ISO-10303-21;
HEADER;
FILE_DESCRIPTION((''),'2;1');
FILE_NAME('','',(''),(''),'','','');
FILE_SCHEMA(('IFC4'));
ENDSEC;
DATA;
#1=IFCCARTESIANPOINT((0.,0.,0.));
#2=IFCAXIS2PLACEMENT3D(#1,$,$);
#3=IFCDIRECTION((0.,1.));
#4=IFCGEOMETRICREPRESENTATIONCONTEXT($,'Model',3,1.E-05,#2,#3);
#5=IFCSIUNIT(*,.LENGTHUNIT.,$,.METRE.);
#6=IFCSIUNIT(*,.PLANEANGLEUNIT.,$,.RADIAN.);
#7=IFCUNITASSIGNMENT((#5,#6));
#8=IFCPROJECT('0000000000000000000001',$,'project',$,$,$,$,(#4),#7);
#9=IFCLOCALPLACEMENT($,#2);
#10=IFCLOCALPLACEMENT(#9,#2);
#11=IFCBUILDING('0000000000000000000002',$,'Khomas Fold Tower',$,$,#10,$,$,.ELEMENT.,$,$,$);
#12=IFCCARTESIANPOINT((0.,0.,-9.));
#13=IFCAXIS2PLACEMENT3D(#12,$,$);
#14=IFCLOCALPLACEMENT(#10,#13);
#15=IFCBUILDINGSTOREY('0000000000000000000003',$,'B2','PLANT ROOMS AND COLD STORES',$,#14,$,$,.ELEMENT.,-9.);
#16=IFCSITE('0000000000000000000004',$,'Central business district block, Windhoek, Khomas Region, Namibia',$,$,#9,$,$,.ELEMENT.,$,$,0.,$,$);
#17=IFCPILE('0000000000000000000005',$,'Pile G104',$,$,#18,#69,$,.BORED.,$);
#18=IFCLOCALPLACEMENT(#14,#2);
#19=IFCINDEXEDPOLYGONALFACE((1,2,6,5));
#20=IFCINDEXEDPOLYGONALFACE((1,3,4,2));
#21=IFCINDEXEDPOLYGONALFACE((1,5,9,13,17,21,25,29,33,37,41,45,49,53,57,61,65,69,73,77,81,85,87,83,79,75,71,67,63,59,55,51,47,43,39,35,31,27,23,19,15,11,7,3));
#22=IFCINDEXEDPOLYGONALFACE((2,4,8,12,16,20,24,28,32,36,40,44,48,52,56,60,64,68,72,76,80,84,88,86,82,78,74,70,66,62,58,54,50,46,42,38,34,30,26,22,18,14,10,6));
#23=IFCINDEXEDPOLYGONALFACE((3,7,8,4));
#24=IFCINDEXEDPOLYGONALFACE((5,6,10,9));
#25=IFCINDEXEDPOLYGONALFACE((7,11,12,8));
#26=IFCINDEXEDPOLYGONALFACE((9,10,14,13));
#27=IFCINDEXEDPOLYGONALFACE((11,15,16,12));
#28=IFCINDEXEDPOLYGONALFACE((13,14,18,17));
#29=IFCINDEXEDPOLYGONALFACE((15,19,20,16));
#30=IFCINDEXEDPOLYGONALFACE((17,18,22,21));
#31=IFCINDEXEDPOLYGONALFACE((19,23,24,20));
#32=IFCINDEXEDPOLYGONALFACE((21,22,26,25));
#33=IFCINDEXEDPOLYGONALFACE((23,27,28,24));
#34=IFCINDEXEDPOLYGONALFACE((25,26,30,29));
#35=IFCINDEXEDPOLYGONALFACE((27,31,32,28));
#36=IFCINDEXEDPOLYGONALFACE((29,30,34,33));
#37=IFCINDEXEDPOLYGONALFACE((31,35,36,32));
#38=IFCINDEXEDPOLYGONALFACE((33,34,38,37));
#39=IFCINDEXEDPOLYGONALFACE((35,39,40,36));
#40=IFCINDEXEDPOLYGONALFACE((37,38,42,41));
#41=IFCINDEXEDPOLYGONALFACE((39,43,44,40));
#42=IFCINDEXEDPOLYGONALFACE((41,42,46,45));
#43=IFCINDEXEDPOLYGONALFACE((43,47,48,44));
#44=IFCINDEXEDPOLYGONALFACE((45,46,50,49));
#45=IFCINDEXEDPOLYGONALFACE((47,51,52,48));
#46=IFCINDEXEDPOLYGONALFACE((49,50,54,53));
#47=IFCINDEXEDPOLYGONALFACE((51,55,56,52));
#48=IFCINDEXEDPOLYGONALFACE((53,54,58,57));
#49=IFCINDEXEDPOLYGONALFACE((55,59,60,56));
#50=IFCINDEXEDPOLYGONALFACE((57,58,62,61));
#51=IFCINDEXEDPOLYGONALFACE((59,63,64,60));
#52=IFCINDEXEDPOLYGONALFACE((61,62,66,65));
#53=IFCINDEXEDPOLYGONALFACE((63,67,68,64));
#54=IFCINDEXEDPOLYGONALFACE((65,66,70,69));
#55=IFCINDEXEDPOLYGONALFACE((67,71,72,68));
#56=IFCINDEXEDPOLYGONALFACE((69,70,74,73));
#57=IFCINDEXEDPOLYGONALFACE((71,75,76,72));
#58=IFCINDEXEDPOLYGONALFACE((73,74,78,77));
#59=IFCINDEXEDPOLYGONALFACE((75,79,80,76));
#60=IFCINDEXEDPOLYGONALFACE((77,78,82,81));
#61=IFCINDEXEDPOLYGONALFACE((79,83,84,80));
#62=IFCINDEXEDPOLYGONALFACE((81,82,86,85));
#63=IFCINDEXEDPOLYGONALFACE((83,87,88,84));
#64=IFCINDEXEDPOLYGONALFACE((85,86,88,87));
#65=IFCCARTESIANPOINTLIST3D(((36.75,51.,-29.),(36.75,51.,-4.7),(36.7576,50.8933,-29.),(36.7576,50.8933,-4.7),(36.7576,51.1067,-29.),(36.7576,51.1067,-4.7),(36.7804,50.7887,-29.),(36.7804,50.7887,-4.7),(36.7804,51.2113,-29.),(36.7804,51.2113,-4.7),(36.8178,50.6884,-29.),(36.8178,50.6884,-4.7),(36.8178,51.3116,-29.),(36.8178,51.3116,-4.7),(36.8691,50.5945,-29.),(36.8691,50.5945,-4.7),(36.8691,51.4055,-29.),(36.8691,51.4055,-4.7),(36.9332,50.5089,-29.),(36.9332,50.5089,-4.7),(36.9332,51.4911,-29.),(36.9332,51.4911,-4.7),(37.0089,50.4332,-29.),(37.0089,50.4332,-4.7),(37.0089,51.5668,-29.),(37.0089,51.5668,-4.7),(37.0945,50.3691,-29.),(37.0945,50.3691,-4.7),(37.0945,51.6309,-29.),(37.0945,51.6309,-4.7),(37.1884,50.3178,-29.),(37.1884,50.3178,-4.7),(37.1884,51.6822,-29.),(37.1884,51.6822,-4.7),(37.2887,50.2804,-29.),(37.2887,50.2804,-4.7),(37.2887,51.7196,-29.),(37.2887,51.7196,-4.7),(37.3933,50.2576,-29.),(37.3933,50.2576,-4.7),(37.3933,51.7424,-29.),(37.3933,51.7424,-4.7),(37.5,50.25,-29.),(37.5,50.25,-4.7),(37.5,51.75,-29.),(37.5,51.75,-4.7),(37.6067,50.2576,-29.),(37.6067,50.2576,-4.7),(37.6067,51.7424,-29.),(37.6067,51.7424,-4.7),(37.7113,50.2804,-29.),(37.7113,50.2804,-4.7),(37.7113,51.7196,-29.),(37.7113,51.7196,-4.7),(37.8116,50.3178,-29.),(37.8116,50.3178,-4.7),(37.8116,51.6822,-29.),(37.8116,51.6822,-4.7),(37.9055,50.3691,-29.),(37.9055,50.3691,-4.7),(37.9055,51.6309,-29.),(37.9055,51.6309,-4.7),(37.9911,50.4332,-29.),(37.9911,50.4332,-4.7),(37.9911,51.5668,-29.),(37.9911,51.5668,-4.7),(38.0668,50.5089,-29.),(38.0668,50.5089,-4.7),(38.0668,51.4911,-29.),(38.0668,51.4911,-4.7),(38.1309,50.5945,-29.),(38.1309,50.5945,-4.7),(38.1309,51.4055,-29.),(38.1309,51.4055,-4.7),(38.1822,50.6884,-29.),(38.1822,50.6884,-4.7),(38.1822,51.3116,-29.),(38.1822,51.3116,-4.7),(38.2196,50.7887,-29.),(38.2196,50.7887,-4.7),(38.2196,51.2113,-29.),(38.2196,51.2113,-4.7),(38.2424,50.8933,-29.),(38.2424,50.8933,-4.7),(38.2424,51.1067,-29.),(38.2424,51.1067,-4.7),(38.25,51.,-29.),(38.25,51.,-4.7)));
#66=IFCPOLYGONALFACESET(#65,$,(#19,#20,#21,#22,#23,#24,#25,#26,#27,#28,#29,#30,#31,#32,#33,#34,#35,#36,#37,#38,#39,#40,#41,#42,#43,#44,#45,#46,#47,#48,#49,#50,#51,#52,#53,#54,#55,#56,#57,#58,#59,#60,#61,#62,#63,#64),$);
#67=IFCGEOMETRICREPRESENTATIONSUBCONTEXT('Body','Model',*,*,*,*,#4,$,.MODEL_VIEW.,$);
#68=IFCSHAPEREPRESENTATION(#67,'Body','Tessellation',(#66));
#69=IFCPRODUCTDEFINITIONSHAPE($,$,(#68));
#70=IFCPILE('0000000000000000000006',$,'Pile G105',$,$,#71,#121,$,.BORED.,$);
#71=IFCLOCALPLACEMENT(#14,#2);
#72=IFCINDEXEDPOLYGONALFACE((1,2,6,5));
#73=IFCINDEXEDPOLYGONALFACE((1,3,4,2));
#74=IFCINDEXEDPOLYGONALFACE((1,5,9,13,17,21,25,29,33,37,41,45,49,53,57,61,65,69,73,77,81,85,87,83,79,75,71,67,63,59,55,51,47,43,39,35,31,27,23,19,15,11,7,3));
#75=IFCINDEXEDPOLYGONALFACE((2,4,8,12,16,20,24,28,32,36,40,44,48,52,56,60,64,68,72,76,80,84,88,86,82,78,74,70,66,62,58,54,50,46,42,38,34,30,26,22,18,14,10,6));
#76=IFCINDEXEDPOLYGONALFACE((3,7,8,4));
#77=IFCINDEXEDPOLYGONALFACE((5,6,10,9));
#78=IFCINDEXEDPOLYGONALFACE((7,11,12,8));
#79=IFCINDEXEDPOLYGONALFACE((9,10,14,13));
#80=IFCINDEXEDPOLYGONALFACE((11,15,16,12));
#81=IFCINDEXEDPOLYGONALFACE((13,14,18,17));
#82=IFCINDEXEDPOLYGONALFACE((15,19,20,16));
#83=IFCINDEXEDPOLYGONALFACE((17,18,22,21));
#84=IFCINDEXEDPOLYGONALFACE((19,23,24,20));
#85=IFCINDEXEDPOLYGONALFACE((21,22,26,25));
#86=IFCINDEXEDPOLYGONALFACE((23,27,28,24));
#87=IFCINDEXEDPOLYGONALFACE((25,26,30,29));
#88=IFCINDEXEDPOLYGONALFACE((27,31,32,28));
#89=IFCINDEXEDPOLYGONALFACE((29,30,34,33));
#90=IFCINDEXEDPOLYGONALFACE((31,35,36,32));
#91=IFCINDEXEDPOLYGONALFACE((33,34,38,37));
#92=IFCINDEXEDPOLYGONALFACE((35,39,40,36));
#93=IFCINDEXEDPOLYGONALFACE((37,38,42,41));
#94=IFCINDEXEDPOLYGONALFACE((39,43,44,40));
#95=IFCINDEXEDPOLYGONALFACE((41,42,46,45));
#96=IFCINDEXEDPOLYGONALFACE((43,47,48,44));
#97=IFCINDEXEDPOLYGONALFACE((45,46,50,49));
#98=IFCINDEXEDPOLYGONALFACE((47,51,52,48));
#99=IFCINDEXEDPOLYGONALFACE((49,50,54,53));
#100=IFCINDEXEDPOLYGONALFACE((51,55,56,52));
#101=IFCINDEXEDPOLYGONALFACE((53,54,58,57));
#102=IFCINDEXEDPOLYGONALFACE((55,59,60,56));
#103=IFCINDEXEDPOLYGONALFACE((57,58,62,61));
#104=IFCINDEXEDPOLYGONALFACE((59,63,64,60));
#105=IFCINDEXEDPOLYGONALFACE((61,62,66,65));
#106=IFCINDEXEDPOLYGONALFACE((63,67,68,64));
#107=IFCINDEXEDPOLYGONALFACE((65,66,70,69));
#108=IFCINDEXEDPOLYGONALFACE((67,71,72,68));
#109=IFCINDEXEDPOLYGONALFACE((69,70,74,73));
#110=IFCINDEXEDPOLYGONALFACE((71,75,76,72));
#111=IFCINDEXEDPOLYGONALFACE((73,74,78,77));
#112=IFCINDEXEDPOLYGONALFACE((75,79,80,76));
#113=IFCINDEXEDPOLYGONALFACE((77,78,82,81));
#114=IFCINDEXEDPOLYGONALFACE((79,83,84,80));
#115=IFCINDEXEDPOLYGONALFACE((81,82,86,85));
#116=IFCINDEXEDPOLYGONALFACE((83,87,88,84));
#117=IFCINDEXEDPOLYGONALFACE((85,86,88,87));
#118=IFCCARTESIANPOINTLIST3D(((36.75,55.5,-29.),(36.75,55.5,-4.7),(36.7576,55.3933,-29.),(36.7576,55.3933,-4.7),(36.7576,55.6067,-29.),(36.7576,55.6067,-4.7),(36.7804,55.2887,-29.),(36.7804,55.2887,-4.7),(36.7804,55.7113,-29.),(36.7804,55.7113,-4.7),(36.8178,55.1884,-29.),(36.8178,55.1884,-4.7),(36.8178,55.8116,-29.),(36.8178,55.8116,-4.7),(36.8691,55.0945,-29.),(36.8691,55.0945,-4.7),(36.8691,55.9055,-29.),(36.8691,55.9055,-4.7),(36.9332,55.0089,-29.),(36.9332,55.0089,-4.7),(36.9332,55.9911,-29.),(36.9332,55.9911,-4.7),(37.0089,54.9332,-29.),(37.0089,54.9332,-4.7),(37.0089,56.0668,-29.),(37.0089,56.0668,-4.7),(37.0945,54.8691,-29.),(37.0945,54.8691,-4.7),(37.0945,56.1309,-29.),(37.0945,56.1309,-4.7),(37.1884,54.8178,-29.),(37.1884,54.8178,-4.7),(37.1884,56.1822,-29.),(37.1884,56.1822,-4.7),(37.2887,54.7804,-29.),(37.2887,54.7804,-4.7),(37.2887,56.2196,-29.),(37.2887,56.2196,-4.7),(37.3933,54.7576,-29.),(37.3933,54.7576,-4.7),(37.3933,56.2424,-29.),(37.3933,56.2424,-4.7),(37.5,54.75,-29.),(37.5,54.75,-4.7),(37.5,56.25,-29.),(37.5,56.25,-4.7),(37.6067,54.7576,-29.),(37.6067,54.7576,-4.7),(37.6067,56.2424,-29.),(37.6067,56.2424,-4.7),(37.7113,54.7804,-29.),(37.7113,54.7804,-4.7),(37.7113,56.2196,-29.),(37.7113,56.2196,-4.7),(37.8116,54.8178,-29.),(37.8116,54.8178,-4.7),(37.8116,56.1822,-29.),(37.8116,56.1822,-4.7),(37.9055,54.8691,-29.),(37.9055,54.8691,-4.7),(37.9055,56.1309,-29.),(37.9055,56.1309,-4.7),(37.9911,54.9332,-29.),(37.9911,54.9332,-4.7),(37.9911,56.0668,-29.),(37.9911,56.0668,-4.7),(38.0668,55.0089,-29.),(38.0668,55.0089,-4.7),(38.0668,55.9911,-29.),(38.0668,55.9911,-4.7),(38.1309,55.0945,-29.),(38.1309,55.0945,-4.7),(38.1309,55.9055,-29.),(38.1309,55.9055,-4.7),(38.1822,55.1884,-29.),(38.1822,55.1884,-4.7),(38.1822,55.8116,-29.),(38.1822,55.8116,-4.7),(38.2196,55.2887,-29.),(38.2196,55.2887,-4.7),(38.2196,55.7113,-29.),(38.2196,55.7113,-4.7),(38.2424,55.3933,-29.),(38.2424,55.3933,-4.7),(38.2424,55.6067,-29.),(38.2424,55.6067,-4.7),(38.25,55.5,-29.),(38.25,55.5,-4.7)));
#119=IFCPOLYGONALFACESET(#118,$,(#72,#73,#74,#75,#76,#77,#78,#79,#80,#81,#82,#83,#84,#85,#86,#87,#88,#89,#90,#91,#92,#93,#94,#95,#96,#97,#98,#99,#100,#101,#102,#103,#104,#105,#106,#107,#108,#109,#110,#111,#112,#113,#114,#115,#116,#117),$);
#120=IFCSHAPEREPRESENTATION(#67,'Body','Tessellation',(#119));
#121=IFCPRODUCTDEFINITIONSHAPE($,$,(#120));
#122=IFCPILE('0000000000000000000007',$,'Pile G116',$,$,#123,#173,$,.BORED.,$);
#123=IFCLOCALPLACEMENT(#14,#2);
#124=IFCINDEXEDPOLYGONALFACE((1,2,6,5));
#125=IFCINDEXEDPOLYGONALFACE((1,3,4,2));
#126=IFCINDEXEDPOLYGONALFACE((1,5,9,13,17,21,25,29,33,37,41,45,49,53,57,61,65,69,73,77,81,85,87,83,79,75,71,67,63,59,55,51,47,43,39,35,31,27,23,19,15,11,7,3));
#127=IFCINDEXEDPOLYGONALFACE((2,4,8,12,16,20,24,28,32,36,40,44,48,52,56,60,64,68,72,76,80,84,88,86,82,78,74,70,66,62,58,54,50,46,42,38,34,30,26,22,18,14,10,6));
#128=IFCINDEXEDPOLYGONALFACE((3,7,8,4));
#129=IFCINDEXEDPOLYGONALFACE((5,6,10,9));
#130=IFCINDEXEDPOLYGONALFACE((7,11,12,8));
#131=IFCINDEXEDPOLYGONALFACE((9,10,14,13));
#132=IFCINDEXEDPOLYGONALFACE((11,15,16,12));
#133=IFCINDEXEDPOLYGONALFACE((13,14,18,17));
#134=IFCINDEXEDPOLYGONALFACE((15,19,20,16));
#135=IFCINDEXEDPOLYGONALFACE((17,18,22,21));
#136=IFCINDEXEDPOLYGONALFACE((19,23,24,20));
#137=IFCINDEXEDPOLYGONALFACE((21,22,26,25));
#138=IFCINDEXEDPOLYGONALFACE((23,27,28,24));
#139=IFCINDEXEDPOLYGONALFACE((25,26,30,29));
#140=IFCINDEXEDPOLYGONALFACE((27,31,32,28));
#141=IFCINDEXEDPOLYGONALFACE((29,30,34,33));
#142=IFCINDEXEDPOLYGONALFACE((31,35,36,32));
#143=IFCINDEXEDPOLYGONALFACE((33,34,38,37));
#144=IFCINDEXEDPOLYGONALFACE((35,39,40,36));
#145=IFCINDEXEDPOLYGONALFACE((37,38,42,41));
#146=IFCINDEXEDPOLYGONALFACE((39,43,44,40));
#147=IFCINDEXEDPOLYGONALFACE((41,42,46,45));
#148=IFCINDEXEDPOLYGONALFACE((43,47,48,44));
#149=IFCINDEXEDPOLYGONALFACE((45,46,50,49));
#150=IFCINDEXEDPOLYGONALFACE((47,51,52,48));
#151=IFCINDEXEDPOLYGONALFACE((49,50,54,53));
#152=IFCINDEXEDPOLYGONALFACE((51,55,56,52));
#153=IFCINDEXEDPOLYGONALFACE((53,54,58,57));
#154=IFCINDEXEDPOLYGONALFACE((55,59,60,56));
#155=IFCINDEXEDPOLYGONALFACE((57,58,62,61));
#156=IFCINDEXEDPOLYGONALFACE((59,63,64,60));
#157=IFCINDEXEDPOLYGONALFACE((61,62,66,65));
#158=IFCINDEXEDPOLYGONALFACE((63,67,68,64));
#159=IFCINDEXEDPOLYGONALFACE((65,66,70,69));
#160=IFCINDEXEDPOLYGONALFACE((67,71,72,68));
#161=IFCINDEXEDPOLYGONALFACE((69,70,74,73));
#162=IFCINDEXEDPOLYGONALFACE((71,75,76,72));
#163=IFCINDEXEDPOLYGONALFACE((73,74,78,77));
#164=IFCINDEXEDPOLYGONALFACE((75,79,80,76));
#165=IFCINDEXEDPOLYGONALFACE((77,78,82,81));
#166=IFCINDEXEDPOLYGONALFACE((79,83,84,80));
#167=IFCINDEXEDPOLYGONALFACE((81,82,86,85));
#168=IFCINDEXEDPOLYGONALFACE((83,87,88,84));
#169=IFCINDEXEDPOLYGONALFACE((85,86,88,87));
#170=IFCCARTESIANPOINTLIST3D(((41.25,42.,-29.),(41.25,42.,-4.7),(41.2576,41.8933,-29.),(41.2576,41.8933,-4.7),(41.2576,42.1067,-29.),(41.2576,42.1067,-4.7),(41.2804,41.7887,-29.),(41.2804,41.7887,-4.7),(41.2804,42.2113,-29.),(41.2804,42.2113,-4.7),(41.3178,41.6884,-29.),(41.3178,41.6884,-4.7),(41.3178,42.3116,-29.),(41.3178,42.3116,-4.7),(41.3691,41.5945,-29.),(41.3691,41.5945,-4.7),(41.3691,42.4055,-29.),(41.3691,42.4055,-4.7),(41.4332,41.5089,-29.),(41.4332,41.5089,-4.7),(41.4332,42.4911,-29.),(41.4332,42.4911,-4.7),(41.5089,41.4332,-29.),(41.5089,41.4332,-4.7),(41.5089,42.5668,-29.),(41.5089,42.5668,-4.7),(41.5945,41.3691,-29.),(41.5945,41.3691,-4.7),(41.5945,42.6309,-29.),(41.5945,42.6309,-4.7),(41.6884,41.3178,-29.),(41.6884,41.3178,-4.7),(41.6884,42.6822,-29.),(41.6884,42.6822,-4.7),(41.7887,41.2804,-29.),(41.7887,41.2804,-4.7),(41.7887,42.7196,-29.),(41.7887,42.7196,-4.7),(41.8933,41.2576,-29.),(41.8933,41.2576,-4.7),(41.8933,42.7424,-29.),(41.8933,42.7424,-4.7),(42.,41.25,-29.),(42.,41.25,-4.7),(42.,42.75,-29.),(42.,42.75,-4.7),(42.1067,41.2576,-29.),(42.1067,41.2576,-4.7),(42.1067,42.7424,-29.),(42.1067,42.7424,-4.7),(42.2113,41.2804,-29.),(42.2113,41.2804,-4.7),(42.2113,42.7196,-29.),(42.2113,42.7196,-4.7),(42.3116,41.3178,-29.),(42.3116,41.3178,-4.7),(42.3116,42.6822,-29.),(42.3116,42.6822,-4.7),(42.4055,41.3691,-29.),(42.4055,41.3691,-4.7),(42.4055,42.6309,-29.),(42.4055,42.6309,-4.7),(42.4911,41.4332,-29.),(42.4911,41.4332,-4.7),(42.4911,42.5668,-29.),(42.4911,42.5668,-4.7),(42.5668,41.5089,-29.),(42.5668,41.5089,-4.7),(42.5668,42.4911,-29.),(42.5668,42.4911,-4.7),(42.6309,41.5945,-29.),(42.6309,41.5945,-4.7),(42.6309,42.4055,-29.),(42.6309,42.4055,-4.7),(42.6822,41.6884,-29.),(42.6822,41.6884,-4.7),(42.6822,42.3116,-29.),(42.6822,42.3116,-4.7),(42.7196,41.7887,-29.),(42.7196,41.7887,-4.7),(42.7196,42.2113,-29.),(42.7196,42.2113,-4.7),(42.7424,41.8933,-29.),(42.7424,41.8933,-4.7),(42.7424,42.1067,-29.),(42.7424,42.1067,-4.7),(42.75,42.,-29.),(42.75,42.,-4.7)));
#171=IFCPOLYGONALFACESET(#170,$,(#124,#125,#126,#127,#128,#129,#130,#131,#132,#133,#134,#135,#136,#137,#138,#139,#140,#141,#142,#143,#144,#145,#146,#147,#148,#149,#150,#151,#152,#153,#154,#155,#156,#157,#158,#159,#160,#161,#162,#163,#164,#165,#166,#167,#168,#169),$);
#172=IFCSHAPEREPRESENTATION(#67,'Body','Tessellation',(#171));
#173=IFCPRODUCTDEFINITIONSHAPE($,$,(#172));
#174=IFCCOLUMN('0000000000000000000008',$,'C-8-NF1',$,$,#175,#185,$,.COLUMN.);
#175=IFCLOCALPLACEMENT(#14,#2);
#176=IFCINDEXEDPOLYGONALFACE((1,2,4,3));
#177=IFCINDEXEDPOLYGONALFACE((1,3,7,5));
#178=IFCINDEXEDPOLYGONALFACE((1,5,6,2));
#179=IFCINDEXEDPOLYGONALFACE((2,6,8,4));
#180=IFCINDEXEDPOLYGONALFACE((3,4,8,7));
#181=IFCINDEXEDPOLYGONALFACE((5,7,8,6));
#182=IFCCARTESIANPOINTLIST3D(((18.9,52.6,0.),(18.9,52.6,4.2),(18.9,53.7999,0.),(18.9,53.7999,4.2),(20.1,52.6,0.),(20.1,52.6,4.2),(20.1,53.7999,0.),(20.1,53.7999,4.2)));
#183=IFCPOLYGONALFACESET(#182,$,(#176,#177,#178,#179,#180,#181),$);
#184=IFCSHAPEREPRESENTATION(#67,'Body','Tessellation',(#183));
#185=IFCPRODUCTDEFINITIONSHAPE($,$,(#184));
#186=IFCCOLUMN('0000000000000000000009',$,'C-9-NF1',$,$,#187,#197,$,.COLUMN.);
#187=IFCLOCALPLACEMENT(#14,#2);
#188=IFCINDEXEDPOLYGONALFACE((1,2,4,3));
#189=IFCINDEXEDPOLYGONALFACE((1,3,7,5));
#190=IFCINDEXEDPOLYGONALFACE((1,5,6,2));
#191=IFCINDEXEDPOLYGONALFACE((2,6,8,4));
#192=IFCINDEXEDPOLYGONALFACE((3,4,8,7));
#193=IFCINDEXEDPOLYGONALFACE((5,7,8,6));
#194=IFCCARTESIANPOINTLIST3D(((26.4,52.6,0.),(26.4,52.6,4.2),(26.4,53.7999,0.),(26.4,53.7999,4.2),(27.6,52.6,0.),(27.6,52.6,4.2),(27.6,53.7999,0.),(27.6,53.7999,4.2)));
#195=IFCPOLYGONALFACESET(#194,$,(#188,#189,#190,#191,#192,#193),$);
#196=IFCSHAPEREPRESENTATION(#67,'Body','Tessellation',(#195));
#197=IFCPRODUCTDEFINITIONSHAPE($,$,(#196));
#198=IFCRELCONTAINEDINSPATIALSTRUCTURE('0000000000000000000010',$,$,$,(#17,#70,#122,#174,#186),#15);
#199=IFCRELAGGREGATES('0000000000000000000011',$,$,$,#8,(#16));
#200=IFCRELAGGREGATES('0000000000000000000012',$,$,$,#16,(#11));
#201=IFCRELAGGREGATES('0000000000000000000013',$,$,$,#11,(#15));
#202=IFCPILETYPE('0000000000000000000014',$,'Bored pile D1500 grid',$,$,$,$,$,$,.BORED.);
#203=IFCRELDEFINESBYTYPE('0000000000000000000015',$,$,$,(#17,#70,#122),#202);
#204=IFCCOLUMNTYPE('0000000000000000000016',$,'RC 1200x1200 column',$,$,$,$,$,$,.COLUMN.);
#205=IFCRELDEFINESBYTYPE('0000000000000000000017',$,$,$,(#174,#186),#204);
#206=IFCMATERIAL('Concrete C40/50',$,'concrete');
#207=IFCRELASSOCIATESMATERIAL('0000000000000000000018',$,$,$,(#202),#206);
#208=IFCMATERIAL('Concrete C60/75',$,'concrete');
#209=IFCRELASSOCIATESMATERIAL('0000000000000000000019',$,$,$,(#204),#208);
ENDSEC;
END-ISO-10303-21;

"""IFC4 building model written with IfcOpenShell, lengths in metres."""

from ifc_helpers import new_model, si_unit, direction, frame, origin, origin_2d, place, context, subcontext, project, spatial, rectangle, circle, extrude, source, transform, mapped, material, material_profile, profile_set, type_object, element, save


model = new_model("IFC4")

# Units and contexts
model_context = context("Model", 3, precision=1e-05, world=origin(), true_north=direction((0.0, 1.0)))
body_context = subcontext(model_context, "Body", "Model", "MODEL_VIEW")
ifc_project = project(units=[si_unit("LENGTHUNIT", "METRE"), si_unit("PLANEANGLEUNIT", "RADIAN")], contexts=[model_context])

# Site, building, storey
site_placement = place(None, origin())
site = spatial("IfcSite", under=ifc_project, at=site_placement, Name="Central business district block, Windhoek, Khomas Region, Namibia", CompositionType="ELEMENT", RefElevation=0.0)
building_placement = place(site_placement, origin())
building = spatial("IfcBuilding", under=site, at=building_placement, Name="Khomas Fold Tower", CompositionType="ELEMENT")
storey_placement = place(building_placement, frame((0.0, 0.0, -9.0)))
storey = spatial("IfcBuildingStorey", under=building, at=storey_placement, Name="B2", Description="PLANT ROOMS AND COLD STORES", CompositionType="ELEMENT", Elevation=-9.0)

# Piles
ifc_material_1 = material(Name="Concrete C40/50", Category="concrete")
ifc_material_profile_1 = material_profile(ifc_material_1, circle(Radius=0.75, at=origin_2d()), Name="PILE D1500")
ifc_profile_set_1 = profile_set([ifc_material_profile_1], Name="Concrete C40/50")
pile_type = type_object("IfcPileType", Name="Bored pile D1500 grid", PredefinedType="BORED", material=ifc_profile_set_1)
shared_shape_1 = source(origin(), body_context, "Body", "SweptSolid", [
    extrude(circle(Radius=0.75, at=origin_2d()), origin(), (0.0, 0.0, 1.0), 24.3),
])
for number, where, z_axis, x_axis, name in (
    (1, (37.5, 51.0, -4.7), (0.0, 0.0, -1.0), (1.0, 0.0, 0.0), "Pile G104"),
    (2, (37.5, 55.5, -4.7), (0.0, 0.0, -1.0), (1.0, 0.0, 0.0), "Pile G105"),
    (3, (42.0, 42.0, -4.7), (0.0, 0.0, -1.0), (1.0, 0.0, 0.0), "Pile G116"),
):
    element("IfcPile", number, at=place(storey_placement, frame(where, z_axis=z_axis, x_axis=x_axis)), inside=storey, type_object=pile_type, Name=name, PredefinedType="BORED", context=body_context, shape_type="MappedRepresentation", body=[
        mapped(shared_shape_1, transform((0.0, 0.0, 0.0))),
    ])

# Columns
ifc_material_2 = material(Name="Concrete C60/75", Category="concrete")
ifc_material_profile_2 = material_profile(ifc_material_2, rectangle(XDim=1.2, YDim=1.2, at=origin_2d()), Name="RC 1200x1200")
ifc_profile_set_2 = profile_set([ifc_material_profile_2], Name="Concrete C60/75")
column_type = type_object("IfcColumnType", Name="RC 1200x1200 column", PredefinedType="COLUMN", material=ifc_profile_set_2)
shared_shape_2 = source(origin(), body_context, "Body", "SweptSolid", [
    extrude(rectangle(XDim=1.2, YDim=1.2, at=origin_2d()), origin(), (0.0, 0.0, 1.0), 4.2),
])
for number, where, z_axis, x_axis, name in (
    (4, (19.5, 53.2, 0.0), (0.0, 0.0, 1.0), (1.0, 0.0, 0.0), "C-8-NF1"),
    (5, (27.0, 53.2, 0.0), (0.0, 0.0, 1.0), (1.0, 0.0, 0.0), "C-9-NF1"),
):
    element("IfcColumn", number, at=place(storey_placement, frame(where, z_axis=z_axis, x_axis=x_axis)), inside=storey, type_object=column_type, Name=name, PredefinedType="COLUMN", context=body_context, shape_type="MappedRepresentation", body=[
        mapped(shared_shape_2, transform((0.0, 0.0, 0.0))),
    ])

save(model, "model.ifc")
